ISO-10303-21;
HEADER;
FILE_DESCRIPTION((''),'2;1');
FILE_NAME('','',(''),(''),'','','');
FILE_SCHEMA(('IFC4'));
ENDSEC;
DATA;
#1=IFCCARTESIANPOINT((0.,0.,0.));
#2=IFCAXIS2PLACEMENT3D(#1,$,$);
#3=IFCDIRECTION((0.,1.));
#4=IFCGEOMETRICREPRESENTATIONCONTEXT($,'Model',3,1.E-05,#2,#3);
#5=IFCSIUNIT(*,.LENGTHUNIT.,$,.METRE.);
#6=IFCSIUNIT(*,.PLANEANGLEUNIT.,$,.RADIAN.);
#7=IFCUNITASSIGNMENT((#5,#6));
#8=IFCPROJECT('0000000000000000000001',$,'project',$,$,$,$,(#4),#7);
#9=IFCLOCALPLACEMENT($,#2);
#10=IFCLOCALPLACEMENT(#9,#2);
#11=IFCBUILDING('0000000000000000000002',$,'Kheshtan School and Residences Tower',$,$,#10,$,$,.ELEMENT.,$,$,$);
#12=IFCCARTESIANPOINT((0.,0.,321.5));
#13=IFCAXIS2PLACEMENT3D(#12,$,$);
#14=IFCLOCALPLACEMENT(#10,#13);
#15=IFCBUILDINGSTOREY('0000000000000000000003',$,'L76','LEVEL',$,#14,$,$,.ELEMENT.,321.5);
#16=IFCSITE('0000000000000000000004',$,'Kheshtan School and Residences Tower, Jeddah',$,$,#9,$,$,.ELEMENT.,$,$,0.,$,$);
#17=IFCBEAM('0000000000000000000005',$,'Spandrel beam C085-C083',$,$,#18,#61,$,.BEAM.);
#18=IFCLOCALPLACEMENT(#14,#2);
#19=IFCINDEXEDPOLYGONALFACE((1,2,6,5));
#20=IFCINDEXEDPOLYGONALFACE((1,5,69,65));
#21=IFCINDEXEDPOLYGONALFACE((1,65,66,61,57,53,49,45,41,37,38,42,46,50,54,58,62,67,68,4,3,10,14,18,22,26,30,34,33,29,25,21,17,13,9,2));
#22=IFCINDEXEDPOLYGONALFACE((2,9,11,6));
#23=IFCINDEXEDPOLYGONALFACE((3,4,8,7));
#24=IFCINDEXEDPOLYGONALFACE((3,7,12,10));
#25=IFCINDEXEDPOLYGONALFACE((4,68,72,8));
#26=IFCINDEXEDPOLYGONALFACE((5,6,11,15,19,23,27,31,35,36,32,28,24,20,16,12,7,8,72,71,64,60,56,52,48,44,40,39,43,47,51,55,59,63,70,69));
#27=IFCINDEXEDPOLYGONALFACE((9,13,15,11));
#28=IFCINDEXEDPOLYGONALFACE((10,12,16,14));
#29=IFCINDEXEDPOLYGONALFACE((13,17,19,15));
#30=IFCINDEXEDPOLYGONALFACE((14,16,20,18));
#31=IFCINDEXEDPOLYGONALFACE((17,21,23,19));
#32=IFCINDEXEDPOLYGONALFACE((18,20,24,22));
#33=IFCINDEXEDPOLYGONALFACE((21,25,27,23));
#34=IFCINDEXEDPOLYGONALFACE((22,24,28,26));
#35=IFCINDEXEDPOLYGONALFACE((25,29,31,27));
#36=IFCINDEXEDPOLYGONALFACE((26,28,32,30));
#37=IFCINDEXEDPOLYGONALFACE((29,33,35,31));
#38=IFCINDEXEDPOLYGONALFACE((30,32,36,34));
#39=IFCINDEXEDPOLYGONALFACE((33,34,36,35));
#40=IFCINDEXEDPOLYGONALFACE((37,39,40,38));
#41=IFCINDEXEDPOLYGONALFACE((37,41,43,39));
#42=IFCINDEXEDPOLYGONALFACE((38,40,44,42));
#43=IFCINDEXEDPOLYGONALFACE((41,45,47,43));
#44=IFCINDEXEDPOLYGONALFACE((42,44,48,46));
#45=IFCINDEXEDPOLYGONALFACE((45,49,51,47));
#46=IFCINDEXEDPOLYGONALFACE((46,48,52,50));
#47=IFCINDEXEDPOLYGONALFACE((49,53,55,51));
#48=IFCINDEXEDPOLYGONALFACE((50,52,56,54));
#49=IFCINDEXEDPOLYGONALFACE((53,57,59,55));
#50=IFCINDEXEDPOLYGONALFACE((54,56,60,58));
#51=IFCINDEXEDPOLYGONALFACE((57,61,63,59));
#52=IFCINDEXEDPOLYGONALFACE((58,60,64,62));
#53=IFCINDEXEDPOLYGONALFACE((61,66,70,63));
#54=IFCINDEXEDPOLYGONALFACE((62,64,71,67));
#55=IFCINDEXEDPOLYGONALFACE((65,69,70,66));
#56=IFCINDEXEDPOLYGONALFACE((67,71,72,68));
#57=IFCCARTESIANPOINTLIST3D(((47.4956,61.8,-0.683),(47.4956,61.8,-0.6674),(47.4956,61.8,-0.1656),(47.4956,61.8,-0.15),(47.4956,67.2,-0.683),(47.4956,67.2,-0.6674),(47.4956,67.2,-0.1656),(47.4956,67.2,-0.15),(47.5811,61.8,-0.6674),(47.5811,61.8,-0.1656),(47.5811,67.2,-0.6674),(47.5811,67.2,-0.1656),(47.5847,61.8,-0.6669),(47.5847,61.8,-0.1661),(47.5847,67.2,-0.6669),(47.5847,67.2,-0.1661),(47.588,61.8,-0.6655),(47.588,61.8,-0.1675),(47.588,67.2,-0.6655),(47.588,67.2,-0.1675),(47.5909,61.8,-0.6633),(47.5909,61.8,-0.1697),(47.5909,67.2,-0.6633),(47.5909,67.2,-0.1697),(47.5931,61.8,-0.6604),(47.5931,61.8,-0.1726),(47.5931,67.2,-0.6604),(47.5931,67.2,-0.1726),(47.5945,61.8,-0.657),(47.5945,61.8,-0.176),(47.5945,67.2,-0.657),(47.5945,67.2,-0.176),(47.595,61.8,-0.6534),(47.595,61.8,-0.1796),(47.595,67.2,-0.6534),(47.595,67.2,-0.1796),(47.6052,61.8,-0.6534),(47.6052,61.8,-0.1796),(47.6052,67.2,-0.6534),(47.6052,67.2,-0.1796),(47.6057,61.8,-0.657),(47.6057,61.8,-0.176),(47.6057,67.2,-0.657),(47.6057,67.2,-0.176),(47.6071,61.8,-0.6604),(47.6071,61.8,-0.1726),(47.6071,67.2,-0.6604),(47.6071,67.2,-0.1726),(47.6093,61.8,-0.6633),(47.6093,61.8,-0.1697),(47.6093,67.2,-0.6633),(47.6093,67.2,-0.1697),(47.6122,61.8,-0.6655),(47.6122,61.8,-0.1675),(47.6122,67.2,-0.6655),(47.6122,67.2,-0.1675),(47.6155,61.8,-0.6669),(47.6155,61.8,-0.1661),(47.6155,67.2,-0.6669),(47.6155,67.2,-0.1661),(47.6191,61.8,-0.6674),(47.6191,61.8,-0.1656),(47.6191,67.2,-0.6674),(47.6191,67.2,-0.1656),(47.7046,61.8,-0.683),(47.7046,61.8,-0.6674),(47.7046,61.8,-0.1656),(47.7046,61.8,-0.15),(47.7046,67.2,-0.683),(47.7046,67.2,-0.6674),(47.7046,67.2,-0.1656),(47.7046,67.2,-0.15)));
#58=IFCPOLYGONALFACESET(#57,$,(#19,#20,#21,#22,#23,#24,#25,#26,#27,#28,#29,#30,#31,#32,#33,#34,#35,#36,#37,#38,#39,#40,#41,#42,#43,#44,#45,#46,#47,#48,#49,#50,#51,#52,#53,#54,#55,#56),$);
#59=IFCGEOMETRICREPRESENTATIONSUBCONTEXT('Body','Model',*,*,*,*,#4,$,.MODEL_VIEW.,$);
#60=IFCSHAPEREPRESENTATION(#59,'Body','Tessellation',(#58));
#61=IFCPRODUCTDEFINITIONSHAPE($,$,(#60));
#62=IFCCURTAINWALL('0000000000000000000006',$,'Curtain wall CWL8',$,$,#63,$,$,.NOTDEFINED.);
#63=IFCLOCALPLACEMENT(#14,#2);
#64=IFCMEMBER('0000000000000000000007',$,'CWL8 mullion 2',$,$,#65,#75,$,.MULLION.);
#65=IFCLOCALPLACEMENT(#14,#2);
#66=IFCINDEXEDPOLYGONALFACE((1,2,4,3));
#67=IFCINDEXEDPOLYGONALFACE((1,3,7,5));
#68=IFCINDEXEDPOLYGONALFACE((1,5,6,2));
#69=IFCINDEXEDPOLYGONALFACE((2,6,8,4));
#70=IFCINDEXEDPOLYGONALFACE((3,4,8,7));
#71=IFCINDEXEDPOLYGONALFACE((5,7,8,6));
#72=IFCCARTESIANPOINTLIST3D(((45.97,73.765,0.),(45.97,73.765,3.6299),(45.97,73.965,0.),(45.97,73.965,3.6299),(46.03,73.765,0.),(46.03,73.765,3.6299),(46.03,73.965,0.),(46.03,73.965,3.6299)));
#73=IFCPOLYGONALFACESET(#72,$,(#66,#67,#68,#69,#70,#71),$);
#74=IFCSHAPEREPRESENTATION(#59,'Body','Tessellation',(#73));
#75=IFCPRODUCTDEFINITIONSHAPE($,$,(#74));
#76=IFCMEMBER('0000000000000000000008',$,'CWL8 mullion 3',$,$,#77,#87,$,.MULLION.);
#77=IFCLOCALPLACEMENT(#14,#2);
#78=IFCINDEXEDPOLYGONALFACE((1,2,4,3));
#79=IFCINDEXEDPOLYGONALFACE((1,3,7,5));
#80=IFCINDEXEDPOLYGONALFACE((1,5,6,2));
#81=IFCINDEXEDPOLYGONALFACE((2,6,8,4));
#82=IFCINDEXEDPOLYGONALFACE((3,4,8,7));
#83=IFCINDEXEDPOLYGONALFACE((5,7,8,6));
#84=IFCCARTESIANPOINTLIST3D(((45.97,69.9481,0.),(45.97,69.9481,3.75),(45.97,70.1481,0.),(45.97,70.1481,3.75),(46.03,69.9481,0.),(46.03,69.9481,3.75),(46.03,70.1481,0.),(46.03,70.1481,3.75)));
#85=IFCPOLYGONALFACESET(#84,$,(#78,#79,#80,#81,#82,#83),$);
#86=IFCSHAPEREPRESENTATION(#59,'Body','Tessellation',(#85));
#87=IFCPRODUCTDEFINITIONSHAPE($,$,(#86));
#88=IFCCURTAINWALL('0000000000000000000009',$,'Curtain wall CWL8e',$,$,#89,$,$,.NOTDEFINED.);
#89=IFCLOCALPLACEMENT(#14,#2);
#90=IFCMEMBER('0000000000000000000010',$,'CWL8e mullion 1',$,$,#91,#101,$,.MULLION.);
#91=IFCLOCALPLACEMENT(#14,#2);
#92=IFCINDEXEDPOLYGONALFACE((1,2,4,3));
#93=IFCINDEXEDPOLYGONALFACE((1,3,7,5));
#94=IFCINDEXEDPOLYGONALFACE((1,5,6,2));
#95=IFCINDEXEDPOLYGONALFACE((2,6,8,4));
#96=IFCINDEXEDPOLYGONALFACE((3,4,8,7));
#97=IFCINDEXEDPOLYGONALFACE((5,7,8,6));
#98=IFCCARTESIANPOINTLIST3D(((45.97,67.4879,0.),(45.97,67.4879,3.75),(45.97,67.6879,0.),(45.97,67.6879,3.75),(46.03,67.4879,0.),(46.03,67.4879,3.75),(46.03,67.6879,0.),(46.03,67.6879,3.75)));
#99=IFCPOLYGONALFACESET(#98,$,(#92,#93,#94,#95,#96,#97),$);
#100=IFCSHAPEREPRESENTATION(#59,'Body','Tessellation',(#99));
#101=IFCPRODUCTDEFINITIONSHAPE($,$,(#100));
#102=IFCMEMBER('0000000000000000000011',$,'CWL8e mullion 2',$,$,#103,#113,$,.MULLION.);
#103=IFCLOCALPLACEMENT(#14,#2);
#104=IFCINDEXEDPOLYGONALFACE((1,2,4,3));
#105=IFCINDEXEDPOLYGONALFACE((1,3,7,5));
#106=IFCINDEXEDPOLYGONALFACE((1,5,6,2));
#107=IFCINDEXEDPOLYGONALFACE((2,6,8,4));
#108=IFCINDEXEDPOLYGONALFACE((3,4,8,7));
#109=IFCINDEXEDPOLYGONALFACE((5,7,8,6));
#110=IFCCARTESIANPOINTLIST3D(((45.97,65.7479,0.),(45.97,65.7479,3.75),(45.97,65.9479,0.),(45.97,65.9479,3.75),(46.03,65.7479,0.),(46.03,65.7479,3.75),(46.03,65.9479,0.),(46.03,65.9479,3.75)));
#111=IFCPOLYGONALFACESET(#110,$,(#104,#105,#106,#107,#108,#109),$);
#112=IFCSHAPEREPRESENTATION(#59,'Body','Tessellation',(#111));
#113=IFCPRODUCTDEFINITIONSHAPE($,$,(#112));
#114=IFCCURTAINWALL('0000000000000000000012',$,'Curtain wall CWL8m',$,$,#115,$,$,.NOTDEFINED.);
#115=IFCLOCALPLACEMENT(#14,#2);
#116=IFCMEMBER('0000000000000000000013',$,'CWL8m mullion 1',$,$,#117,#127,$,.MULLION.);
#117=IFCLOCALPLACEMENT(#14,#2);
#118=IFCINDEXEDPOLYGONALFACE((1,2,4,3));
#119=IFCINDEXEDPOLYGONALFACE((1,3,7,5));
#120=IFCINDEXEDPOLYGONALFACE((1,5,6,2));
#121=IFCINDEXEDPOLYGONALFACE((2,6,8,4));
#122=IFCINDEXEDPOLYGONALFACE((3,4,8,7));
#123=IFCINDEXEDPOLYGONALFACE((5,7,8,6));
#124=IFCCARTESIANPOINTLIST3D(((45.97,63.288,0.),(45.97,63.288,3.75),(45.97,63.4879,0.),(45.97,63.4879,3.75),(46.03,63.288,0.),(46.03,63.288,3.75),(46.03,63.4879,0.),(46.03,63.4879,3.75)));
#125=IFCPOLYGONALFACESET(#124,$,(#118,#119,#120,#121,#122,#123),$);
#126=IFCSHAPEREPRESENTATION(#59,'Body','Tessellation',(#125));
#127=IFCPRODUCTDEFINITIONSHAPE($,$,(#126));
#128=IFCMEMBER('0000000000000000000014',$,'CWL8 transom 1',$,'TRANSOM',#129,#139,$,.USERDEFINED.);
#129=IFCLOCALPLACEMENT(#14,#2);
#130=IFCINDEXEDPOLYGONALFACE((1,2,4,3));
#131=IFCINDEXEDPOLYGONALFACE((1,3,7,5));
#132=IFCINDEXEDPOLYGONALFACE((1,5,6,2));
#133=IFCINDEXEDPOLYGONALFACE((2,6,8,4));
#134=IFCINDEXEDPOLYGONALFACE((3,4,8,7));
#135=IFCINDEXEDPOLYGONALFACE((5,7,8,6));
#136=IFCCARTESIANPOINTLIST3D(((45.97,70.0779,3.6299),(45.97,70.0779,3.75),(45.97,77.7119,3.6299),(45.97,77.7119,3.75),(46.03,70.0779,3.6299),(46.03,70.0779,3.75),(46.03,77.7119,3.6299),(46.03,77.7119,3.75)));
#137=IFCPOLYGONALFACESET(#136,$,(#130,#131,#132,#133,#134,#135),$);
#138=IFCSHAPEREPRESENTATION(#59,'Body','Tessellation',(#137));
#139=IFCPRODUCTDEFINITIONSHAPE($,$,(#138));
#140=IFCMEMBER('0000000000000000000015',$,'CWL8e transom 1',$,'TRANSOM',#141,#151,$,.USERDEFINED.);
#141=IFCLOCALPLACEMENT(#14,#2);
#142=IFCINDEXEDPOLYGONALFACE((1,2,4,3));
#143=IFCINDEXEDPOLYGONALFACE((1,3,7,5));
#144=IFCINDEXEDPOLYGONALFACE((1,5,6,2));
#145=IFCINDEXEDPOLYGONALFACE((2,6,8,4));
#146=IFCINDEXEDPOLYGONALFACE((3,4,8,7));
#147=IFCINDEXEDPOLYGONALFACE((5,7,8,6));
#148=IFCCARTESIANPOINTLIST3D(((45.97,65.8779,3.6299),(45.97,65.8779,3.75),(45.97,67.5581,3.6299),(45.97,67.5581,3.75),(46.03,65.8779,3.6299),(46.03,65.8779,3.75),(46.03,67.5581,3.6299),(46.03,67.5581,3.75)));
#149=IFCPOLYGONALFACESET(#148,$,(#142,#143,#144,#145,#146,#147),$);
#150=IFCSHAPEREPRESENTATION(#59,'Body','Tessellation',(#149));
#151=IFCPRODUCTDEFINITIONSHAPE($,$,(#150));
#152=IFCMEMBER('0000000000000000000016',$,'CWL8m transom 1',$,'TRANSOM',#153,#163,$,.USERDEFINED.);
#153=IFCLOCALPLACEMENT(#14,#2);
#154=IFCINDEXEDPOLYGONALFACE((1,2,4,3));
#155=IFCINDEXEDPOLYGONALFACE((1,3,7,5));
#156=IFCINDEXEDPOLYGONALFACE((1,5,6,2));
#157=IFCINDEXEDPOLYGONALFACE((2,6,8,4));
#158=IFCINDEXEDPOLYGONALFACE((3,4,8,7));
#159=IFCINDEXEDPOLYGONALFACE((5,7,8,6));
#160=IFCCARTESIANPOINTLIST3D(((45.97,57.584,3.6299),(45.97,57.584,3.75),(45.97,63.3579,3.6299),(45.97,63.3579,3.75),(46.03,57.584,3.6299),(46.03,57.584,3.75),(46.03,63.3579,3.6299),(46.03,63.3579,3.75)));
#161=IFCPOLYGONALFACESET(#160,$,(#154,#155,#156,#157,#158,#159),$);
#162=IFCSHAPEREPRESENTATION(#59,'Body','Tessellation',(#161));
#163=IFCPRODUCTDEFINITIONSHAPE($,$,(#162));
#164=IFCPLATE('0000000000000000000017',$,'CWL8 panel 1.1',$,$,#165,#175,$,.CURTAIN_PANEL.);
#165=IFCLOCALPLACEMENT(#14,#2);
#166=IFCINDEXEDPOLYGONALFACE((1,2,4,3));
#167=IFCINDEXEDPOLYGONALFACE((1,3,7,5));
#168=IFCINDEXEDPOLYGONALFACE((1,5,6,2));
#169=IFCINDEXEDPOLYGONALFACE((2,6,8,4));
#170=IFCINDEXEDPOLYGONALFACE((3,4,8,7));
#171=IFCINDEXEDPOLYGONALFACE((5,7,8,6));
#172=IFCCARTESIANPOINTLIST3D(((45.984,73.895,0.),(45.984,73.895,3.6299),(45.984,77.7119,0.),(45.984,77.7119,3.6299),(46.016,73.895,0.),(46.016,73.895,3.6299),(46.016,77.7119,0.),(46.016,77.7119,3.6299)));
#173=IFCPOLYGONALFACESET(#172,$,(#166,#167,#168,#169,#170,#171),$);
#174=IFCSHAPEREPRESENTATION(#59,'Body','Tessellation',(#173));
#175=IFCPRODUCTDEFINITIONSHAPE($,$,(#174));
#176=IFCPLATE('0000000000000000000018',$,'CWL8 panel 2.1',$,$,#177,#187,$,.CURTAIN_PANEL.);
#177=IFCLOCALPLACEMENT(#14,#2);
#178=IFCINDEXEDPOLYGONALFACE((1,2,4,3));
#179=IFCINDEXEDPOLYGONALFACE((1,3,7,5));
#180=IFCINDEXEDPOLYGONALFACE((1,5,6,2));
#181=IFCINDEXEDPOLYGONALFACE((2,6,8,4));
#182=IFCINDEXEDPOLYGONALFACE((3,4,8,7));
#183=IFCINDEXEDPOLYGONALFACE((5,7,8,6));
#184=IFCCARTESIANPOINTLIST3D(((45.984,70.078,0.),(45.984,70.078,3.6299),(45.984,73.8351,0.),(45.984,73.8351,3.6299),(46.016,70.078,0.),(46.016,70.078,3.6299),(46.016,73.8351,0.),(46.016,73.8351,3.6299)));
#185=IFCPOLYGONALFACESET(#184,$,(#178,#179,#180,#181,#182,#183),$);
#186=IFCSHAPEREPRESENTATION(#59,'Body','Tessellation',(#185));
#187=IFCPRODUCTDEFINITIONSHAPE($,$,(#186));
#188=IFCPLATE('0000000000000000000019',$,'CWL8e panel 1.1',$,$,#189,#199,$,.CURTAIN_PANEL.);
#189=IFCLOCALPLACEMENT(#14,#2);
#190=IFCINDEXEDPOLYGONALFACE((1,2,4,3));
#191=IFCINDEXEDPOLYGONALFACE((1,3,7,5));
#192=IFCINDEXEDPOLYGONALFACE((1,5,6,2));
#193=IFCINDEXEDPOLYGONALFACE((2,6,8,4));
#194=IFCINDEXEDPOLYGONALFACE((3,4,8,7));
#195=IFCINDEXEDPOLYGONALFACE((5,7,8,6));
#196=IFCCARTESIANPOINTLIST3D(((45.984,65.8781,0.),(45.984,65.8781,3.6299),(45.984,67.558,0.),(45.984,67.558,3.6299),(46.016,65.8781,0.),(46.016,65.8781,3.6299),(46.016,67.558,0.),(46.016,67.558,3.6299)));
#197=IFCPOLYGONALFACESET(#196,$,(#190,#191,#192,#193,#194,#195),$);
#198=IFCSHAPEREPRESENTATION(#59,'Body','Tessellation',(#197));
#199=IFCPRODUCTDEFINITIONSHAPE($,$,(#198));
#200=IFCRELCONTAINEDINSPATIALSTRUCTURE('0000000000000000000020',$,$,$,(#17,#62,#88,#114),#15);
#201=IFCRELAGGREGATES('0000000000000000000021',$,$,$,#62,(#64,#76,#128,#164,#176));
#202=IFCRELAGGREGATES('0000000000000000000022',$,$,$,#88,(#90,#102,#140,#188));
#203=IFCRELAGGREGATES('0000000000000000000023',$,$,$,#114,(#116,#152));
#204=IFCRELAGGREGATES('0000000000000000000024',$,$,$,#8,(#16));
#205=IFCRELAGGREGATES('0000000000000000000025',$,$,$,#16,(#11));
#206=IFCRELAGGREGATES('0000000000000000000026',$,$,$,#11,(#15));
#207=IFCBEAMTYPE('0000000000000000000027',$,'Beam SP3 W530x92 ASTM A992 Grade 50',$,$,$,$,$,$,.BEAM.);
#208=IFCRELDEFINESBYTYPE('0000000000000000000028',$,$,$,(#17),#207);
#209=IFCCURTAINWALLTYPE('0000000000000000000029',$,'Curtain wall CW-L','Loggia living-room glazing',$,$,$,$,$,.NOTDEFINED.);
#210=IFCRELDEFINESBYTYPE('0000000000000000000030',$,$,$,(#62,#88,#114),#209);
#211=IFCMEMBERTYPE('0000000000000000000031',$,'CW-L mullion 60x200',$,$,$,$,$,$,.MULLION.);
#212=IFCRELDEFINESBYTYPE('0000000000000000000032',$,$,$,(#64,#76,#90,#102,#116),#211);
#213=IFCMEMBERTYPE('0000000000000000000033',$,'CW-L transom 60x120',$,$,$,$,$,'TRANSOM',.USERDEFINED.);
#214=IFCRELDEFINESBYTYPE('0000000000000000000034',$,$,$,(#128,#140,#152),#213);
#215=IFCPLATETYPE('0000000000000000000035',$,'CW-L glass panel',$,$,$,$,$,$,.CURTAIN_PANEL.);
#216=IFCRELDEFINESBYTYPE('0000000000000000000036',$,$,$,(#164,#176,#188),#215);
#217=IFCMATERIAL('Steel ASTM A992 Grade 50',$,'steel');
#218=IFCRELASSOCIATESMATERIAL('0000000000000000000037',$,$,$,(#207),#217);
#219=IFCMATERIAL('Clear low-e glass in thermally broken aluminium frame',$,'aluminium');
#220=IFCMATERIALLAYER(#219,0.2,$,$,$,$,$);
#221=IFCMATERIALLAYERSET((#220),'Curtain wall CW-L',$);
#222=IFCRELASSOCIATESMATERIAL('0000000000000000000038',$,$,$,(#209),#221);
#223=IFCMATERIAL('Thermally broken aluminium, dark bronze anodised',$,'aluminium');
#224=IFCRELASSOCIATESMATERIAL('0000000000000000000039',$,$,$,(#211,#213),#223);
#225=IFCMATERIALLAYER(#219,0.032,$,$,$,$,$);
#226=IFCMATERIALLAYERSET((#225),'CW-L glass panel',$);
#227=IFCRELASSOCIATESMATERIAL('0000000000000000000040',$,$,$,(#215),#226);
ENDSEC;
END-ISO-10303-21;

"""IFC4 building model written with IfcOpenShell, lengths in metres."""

from ifc_helpers import new_model, si_unit, direction, frame, origin, origin_2d, place, context, subcontext, project, spatial, rectangle, i_section, extrude, material, layer, layer_set, material_profile, profile_set, type_object, element, aggregate, save


model = new_model("IFC4")

# Units and contexts
model_context = context("Model", 3, precision=1e-05, world=origin(), true_north=direction((0.0, 1.0)))
body_context = subcontext(model_context, "Body", "Model", "MODEL_VIEW")
ifc_project = project(units=[si_unit("LENGTHUNIT", "METRE"), si_unit("PLANEANGLEUNIT", "RADIAN")], contexts=[model_context])

# Site, building, storey
site_placement = place(None, origin())
site = spatial("IfcSite", under=ifc_project, at=site_placement, Name="Kheshtan School and Residences Tower, Jeddah", CompositionType="ELEMENT", RefElevation=0.0)
building_placement = place(site_placement, origin())
building = spatial("IfcBuilding", under=site, at=building_placement, Name="Kheshtan School and Residences Tower", CompositionType="ELEMENT")
storey_placement = place(building_placement, frame((0.0, 0.0, 321.5)))
storey = spatial("IfcBuildingStorey", under=building, at=storey_placement, Name="L76", Description="LEVEL", CompositionType="ELEMENT", Elevation=321.5)

# Shared definitions
ifc_material_1 = material(Name="Steel ASTM A992 Grade 50", Category="steel")

# Beam
ifc_material_profile_1 = material_profile(ifc_material_1, i_section(OverallWidth=0.209, OverallDepth=0.533, WebThickness=0.0103, FlangeThickness=0.0156, FilletRadius=0.0139, at=origin_2d()), Name="W530x92")
ifc_profile_set_1 = profile_set([ifc_material_profile_1], Name="Steel ASTM A992 Grade 50")
beam_type_1 = type_object("IfcBeamType", Name="Beam SP3 W530x92 ASTM A992 Grade 50", PredefinedType="BEAM", material=ifc_profile_set_1)
beam_1_placement = place(storey_placement, frame((47.6001, 67.2, -0.4165), z_axis=(0.0, -1.0, 0.0), x_axis=(1.0, 0.0, 0.0)))
element("IfcBeam", 1, at=beam_1_placement, inside=storey, type_object=beam_type_1, Name="Spandrel beam C085-C083", PredefinedType="BEAM", context=body_context, shape_type="SweptSolid", body=[
    extrude(i_section(OverallWidth=0.209, OverallDepth=0.533, WebThickness=0.0103, FlangeThickness=0.0156, FilletRadius=0.0139, at=origin_2d()), origin(), (0.0, 0.0, 1.0), 5.3999),
])

# Curtain walls, members
ifc_material_2 = material(Name="Clear low-e glass in thermally broken aluminium frame", Category="aluminium")
ifc_layer_1 = layer(ifc_material_2, 0.2)
ifc_layer_set_1 = layer_set([ifc_layer_1], Name="Curtain wall CW-L")
curtain_wall_type = type_object("IfcCurtainWallType", Name="Curtain wall CW-L", Description="Loggia living-room glazing", PredefinedType="NOTDEFINED", material=ifc_layer_set_1)
curtain_wall_1_placement = place(storey_placement, origin())
curtain_wall_1 = element("IfcCurtainWall", 2, at=curtain_wall_1_placement, inside=storey, type_object=curtain_wall_type, Name="Curtain wall CWL8", PredefinedType="NOTDEFINED")
ifc_material_3 = material(Name="Thermally broken aluminium, dark bronze anodised", Category="aluminium")
ifc_material_profile_2 = material_profile(ifc_material_3, rectangle(XDim=0.0601, YDim=0.2, at=origin_2d()), Name="CW-L mullion 60x200")
ifc_profile_set_2 = profile_set([ifc_material_profile_2], Name="Thermally broken aluminium, dark bronze anodised")
member_type_1 = type_object("IfcMemberType", Name="CW-L mullion 60x200", PredefinedType="MULLION", material=ifc_profile_set_2)
member_1_placement = place(storey_placement, frame((46.0, 73.865, 0.0), z_axis=(0.0, 0.0, 1.0), x_axis=(1.0, 0.0, 0.0)))
member_1 = element("IfcMember", 3, at=member_1_placement, type_object=member_type_1, Name="CWL8 mullion 2", PredefinedType="MULLION", context=body_context, shape_type="SweptSolid", body=[
    extrude(rectangle(XDim=0.0601, YDim=0.2, at=origin_2d()), origin(), (0.0, 0.0, 1.0), 3.6299),
])
member_2_placement = place(storey_placement, frame((46.0, 70.0481, 0.0), z_axis=(0.0, 0.0, 1.0), x_axis=(1.0, 0.0, 0.0)))
member_2 = element("IfcMember", 4, at=member_2_placement, type_object=member_type_1, Name="CWL8 mullion 3", PredefinedType="MULLION", context=body_context, shape_type="SweptSolid", body=[
    extrude(rectangle(XDim=0.0601, YDim=0.2, at=origin_2d()), origin(), (0.0, 0.0, 1.0), 3.75),
])
curtain_wall_2_placement = place(storey_placement, origin())
curtain_wall_2 = element("IfcCurtainWall", 5, at=curtain_wall_2_placement, inside=storey, type_object=curtain_wall_type, Name="Curtain wall CWL8e", PredefinedType="NOTDEFINED")
member_3_placement = place(storey_placement, frame((46.0, 67.5879, 0.0), z_axis=(0.0, 0.0, 1.0), x_axis=(1.0, 0.0, 0.0)))
member_3 = element("IfcMember", 6, at=member_3_placement, type_object=member_type_1, Name="CWL8e mullion 1", PredefinedType="MULLION", context=body_context, shape_type="SweptSolid", body=[
    extrude(rectangle(XDim=0.0601, YDim=0.2, at=origin_2d()), origin(), (0.0, 0.0, 1.0), 3.75),
])
member_4_placement = place(storey_placement, frame((46.0, 65.8479, 0.0), z_axis=(0.0, 0.0, 1.0), x_axis=(1.0, 0.0, 0.0)))
member_4 = element("IfcMember", 7, at=member_4_placement, type_object=member_type_1, Name="CWL8e mullion 2", PredefinedType="MULLION", context=body_context, shape_type="SweptSolid", body=[
    extrude(rectangle(XDim=0.0601, YDim=0.2, at=origin_2d()), origin(), (0.0, 0.0, 1.0), 3.75),
])

# Curtain wall, member
curtain_wall_3_placement = place(storey_placement, origin())
curtain_wall_3 = element("IfcCurtainWall", 8, at=curtain_wall_3_placement, inside=storey, type_object=curtain_wall_type, Name="Curtain wall CWL8m", PredefinedType="NOTDEFINED")
member_5_placement = place(storey_placement, frame((46.0, 63.3879, 0.0), z_axis=(0.0, 0.0, 1.0), x_axis=(1.0, 0.0, 0.0)))
member_5 = element("IfcMember", 9, at=member_5_placement, type_object=member_type_1, Name="CWL8m mullion 1", PredefinedType="MULLION", context=body_context, shape_type="SweptSolid", body=[
    extrude(rectangle(XDim=0.0601, YDim=0.2, at=origin_2d()), origin(), (0.0, 0.0, 1.0), 3.75),
])

# Members
ifc_material_profile_3 = material_profile(ifc_material_3, rectangle(XDim=0.0601, YDim=0.1201, at=origin_2d()), Name="CW-L transom 60x120")
ifc_profile_set_3 = profile_set([ifc_material_profile_3], Name="Thermally broken aluminium, dark bronze anodised")
member_type_2 = type_object("IfcMemberType", Name="CW-L transom 60x120", ElementType="TRANSOM", PredefinedType="USERDEFINED", material=ifc_profile_set_3)
member_6_placement = place(storey_placement, frame((46.0, 77.7119, 3.6899), z_axis=(0.0, -1.0, 0.0), x_axis=(1.0, 0.0, 0.0)))
member_6 = element("IfcMember", 10, at=member_6_placement, type_object=member_type_2, Name="CWL8 transom 1", ObjectType="TRANSOM", PredefinedType="USERDEFINED", context=body_context, shape_type="SweptSolid", body=[
    extrude(rectangle(XDim=0.0601, YDim=0.1201, at=origin_2d()), origin(), (0.0, 0.0, 1.0), 7.634),
])
member_7_placement = place(storey_placement, frame((46.0, 67.5581, 3.6899), z_axis=(0.0, -1.0, 0.0), x_axis=(1.0, 0.0, 0.0)))
member_7 = element("IfcMember", 11, at=member_7_placement, type_object=member_type_2, Name="CWL8e transom 1", ObjectType="TRANSOM", PredefinedType="USERDEFINED", context=body_context, shape_type="SweptSolid", body=[
    extrude(rectangle(XDim=0.0601, YDim=0.1201, at=origin_2d()), origin(), (0.0, 0.0, 1.0), 1.6802),
])
member_8_placement = place(storey_placement, frame((46.0, 63.3579, 3.6899), z_axis=(0.0, -1.0, 0.0), x_axis=(1.0, 0.0, 0.0)))
member_8 = element("IfcMember", 12, at=member_8_placement, type_object=member_type_2, Name="CWL8m transom 1", ObjectType="TRANSOM", PredefinedType="USERDEFINED", context=body_context, shape_type="SweptSolid", body=[
    extrude(rectangle(XDim=0.0601, YDim=0.1201, at=origin_2d()), origin(), (0.0, 0.0, 1.0), 5.7739),
])

# Plates
ifc_layer_2 = layer(ifc_material_2, 0.032)
ifc_layer_set_2 = layer_set([ifc_layer_2], Name="CW-L glass panel")
plate_type = type_object("IfcPlateType", Name="CW-L glass panel", PredefinedType="CURTAIN_PANEL", material=ifc_layer_set_2)
plate_1_placement = place(storey_placement, frame((46.0, 75.8035, 0.0), z_axis=(0.0, 0.0, 1.0), x_axis=(0.0, -1.0, 0.0)))
plate_1 = element("IfcPlate", 13, at=plate_1_placement, type_object=plate_type, Name="CWL8 panel 1.1", PredefinedType="CURTAIN_PANEL", context=body_context, shape_type="SweptSolid", body=[
    extrude(rectangle(XDim=3.8169, YDim=0.032, at=origin_2d()), origin(), (0.0, 0.0, 1.0), 3.6299),
])
plate_2_placement = place(storey_placement, frame((46.0, 71.9565, 0.0), z_axis=(0.0, 0.0, 1.0), x_axis=(0.0, -1.0, 0.0)))
plate_2 = element("IfcPlate", 14, at=plate_2_placement, type_object=plate_type, Name="CWL8 panel 2.1", PredefinedType="CURTAIN_PANEL", context=body_context, shape_type="SweptSolid", body=[
    extrude(rectangle(XDim=3.7571, YDim=0.032, at=origin_2d()), origin(), (0.0, 0.0, 1.0), 3.6299),
])
aggregate(curtain_wall_1, [member_1, member_2, member_6, plate_1, plate_2])
plate_3_placement = place(storey_placement, frame((46.0, 66.718, 0.0), z_axis=(0.0, 0.0, 1.0), x_axis=(0.0, -1.0, 0.0)))
plate_3 = element("IfcPlate", 15, at=plate_3_placement, type_object=plate_type, Name="CWL8e panel 1.1", PredefinedType="CURTAIN_PANEL", context=body_context, shape_type="SweptSolid", body=[
    extrude(rectangle(XDim=1.6799, YDim=0.032, at=origin_2d()), origin(), (0.0, 0.0, 1.0), 3.6299),
])
aggregate(curtain_wall_2, [member_3, member_4, member_7, plate_3])
aggregate(curtain_wall_3, [member_5, member_8])

save(model, "model.ifc")
